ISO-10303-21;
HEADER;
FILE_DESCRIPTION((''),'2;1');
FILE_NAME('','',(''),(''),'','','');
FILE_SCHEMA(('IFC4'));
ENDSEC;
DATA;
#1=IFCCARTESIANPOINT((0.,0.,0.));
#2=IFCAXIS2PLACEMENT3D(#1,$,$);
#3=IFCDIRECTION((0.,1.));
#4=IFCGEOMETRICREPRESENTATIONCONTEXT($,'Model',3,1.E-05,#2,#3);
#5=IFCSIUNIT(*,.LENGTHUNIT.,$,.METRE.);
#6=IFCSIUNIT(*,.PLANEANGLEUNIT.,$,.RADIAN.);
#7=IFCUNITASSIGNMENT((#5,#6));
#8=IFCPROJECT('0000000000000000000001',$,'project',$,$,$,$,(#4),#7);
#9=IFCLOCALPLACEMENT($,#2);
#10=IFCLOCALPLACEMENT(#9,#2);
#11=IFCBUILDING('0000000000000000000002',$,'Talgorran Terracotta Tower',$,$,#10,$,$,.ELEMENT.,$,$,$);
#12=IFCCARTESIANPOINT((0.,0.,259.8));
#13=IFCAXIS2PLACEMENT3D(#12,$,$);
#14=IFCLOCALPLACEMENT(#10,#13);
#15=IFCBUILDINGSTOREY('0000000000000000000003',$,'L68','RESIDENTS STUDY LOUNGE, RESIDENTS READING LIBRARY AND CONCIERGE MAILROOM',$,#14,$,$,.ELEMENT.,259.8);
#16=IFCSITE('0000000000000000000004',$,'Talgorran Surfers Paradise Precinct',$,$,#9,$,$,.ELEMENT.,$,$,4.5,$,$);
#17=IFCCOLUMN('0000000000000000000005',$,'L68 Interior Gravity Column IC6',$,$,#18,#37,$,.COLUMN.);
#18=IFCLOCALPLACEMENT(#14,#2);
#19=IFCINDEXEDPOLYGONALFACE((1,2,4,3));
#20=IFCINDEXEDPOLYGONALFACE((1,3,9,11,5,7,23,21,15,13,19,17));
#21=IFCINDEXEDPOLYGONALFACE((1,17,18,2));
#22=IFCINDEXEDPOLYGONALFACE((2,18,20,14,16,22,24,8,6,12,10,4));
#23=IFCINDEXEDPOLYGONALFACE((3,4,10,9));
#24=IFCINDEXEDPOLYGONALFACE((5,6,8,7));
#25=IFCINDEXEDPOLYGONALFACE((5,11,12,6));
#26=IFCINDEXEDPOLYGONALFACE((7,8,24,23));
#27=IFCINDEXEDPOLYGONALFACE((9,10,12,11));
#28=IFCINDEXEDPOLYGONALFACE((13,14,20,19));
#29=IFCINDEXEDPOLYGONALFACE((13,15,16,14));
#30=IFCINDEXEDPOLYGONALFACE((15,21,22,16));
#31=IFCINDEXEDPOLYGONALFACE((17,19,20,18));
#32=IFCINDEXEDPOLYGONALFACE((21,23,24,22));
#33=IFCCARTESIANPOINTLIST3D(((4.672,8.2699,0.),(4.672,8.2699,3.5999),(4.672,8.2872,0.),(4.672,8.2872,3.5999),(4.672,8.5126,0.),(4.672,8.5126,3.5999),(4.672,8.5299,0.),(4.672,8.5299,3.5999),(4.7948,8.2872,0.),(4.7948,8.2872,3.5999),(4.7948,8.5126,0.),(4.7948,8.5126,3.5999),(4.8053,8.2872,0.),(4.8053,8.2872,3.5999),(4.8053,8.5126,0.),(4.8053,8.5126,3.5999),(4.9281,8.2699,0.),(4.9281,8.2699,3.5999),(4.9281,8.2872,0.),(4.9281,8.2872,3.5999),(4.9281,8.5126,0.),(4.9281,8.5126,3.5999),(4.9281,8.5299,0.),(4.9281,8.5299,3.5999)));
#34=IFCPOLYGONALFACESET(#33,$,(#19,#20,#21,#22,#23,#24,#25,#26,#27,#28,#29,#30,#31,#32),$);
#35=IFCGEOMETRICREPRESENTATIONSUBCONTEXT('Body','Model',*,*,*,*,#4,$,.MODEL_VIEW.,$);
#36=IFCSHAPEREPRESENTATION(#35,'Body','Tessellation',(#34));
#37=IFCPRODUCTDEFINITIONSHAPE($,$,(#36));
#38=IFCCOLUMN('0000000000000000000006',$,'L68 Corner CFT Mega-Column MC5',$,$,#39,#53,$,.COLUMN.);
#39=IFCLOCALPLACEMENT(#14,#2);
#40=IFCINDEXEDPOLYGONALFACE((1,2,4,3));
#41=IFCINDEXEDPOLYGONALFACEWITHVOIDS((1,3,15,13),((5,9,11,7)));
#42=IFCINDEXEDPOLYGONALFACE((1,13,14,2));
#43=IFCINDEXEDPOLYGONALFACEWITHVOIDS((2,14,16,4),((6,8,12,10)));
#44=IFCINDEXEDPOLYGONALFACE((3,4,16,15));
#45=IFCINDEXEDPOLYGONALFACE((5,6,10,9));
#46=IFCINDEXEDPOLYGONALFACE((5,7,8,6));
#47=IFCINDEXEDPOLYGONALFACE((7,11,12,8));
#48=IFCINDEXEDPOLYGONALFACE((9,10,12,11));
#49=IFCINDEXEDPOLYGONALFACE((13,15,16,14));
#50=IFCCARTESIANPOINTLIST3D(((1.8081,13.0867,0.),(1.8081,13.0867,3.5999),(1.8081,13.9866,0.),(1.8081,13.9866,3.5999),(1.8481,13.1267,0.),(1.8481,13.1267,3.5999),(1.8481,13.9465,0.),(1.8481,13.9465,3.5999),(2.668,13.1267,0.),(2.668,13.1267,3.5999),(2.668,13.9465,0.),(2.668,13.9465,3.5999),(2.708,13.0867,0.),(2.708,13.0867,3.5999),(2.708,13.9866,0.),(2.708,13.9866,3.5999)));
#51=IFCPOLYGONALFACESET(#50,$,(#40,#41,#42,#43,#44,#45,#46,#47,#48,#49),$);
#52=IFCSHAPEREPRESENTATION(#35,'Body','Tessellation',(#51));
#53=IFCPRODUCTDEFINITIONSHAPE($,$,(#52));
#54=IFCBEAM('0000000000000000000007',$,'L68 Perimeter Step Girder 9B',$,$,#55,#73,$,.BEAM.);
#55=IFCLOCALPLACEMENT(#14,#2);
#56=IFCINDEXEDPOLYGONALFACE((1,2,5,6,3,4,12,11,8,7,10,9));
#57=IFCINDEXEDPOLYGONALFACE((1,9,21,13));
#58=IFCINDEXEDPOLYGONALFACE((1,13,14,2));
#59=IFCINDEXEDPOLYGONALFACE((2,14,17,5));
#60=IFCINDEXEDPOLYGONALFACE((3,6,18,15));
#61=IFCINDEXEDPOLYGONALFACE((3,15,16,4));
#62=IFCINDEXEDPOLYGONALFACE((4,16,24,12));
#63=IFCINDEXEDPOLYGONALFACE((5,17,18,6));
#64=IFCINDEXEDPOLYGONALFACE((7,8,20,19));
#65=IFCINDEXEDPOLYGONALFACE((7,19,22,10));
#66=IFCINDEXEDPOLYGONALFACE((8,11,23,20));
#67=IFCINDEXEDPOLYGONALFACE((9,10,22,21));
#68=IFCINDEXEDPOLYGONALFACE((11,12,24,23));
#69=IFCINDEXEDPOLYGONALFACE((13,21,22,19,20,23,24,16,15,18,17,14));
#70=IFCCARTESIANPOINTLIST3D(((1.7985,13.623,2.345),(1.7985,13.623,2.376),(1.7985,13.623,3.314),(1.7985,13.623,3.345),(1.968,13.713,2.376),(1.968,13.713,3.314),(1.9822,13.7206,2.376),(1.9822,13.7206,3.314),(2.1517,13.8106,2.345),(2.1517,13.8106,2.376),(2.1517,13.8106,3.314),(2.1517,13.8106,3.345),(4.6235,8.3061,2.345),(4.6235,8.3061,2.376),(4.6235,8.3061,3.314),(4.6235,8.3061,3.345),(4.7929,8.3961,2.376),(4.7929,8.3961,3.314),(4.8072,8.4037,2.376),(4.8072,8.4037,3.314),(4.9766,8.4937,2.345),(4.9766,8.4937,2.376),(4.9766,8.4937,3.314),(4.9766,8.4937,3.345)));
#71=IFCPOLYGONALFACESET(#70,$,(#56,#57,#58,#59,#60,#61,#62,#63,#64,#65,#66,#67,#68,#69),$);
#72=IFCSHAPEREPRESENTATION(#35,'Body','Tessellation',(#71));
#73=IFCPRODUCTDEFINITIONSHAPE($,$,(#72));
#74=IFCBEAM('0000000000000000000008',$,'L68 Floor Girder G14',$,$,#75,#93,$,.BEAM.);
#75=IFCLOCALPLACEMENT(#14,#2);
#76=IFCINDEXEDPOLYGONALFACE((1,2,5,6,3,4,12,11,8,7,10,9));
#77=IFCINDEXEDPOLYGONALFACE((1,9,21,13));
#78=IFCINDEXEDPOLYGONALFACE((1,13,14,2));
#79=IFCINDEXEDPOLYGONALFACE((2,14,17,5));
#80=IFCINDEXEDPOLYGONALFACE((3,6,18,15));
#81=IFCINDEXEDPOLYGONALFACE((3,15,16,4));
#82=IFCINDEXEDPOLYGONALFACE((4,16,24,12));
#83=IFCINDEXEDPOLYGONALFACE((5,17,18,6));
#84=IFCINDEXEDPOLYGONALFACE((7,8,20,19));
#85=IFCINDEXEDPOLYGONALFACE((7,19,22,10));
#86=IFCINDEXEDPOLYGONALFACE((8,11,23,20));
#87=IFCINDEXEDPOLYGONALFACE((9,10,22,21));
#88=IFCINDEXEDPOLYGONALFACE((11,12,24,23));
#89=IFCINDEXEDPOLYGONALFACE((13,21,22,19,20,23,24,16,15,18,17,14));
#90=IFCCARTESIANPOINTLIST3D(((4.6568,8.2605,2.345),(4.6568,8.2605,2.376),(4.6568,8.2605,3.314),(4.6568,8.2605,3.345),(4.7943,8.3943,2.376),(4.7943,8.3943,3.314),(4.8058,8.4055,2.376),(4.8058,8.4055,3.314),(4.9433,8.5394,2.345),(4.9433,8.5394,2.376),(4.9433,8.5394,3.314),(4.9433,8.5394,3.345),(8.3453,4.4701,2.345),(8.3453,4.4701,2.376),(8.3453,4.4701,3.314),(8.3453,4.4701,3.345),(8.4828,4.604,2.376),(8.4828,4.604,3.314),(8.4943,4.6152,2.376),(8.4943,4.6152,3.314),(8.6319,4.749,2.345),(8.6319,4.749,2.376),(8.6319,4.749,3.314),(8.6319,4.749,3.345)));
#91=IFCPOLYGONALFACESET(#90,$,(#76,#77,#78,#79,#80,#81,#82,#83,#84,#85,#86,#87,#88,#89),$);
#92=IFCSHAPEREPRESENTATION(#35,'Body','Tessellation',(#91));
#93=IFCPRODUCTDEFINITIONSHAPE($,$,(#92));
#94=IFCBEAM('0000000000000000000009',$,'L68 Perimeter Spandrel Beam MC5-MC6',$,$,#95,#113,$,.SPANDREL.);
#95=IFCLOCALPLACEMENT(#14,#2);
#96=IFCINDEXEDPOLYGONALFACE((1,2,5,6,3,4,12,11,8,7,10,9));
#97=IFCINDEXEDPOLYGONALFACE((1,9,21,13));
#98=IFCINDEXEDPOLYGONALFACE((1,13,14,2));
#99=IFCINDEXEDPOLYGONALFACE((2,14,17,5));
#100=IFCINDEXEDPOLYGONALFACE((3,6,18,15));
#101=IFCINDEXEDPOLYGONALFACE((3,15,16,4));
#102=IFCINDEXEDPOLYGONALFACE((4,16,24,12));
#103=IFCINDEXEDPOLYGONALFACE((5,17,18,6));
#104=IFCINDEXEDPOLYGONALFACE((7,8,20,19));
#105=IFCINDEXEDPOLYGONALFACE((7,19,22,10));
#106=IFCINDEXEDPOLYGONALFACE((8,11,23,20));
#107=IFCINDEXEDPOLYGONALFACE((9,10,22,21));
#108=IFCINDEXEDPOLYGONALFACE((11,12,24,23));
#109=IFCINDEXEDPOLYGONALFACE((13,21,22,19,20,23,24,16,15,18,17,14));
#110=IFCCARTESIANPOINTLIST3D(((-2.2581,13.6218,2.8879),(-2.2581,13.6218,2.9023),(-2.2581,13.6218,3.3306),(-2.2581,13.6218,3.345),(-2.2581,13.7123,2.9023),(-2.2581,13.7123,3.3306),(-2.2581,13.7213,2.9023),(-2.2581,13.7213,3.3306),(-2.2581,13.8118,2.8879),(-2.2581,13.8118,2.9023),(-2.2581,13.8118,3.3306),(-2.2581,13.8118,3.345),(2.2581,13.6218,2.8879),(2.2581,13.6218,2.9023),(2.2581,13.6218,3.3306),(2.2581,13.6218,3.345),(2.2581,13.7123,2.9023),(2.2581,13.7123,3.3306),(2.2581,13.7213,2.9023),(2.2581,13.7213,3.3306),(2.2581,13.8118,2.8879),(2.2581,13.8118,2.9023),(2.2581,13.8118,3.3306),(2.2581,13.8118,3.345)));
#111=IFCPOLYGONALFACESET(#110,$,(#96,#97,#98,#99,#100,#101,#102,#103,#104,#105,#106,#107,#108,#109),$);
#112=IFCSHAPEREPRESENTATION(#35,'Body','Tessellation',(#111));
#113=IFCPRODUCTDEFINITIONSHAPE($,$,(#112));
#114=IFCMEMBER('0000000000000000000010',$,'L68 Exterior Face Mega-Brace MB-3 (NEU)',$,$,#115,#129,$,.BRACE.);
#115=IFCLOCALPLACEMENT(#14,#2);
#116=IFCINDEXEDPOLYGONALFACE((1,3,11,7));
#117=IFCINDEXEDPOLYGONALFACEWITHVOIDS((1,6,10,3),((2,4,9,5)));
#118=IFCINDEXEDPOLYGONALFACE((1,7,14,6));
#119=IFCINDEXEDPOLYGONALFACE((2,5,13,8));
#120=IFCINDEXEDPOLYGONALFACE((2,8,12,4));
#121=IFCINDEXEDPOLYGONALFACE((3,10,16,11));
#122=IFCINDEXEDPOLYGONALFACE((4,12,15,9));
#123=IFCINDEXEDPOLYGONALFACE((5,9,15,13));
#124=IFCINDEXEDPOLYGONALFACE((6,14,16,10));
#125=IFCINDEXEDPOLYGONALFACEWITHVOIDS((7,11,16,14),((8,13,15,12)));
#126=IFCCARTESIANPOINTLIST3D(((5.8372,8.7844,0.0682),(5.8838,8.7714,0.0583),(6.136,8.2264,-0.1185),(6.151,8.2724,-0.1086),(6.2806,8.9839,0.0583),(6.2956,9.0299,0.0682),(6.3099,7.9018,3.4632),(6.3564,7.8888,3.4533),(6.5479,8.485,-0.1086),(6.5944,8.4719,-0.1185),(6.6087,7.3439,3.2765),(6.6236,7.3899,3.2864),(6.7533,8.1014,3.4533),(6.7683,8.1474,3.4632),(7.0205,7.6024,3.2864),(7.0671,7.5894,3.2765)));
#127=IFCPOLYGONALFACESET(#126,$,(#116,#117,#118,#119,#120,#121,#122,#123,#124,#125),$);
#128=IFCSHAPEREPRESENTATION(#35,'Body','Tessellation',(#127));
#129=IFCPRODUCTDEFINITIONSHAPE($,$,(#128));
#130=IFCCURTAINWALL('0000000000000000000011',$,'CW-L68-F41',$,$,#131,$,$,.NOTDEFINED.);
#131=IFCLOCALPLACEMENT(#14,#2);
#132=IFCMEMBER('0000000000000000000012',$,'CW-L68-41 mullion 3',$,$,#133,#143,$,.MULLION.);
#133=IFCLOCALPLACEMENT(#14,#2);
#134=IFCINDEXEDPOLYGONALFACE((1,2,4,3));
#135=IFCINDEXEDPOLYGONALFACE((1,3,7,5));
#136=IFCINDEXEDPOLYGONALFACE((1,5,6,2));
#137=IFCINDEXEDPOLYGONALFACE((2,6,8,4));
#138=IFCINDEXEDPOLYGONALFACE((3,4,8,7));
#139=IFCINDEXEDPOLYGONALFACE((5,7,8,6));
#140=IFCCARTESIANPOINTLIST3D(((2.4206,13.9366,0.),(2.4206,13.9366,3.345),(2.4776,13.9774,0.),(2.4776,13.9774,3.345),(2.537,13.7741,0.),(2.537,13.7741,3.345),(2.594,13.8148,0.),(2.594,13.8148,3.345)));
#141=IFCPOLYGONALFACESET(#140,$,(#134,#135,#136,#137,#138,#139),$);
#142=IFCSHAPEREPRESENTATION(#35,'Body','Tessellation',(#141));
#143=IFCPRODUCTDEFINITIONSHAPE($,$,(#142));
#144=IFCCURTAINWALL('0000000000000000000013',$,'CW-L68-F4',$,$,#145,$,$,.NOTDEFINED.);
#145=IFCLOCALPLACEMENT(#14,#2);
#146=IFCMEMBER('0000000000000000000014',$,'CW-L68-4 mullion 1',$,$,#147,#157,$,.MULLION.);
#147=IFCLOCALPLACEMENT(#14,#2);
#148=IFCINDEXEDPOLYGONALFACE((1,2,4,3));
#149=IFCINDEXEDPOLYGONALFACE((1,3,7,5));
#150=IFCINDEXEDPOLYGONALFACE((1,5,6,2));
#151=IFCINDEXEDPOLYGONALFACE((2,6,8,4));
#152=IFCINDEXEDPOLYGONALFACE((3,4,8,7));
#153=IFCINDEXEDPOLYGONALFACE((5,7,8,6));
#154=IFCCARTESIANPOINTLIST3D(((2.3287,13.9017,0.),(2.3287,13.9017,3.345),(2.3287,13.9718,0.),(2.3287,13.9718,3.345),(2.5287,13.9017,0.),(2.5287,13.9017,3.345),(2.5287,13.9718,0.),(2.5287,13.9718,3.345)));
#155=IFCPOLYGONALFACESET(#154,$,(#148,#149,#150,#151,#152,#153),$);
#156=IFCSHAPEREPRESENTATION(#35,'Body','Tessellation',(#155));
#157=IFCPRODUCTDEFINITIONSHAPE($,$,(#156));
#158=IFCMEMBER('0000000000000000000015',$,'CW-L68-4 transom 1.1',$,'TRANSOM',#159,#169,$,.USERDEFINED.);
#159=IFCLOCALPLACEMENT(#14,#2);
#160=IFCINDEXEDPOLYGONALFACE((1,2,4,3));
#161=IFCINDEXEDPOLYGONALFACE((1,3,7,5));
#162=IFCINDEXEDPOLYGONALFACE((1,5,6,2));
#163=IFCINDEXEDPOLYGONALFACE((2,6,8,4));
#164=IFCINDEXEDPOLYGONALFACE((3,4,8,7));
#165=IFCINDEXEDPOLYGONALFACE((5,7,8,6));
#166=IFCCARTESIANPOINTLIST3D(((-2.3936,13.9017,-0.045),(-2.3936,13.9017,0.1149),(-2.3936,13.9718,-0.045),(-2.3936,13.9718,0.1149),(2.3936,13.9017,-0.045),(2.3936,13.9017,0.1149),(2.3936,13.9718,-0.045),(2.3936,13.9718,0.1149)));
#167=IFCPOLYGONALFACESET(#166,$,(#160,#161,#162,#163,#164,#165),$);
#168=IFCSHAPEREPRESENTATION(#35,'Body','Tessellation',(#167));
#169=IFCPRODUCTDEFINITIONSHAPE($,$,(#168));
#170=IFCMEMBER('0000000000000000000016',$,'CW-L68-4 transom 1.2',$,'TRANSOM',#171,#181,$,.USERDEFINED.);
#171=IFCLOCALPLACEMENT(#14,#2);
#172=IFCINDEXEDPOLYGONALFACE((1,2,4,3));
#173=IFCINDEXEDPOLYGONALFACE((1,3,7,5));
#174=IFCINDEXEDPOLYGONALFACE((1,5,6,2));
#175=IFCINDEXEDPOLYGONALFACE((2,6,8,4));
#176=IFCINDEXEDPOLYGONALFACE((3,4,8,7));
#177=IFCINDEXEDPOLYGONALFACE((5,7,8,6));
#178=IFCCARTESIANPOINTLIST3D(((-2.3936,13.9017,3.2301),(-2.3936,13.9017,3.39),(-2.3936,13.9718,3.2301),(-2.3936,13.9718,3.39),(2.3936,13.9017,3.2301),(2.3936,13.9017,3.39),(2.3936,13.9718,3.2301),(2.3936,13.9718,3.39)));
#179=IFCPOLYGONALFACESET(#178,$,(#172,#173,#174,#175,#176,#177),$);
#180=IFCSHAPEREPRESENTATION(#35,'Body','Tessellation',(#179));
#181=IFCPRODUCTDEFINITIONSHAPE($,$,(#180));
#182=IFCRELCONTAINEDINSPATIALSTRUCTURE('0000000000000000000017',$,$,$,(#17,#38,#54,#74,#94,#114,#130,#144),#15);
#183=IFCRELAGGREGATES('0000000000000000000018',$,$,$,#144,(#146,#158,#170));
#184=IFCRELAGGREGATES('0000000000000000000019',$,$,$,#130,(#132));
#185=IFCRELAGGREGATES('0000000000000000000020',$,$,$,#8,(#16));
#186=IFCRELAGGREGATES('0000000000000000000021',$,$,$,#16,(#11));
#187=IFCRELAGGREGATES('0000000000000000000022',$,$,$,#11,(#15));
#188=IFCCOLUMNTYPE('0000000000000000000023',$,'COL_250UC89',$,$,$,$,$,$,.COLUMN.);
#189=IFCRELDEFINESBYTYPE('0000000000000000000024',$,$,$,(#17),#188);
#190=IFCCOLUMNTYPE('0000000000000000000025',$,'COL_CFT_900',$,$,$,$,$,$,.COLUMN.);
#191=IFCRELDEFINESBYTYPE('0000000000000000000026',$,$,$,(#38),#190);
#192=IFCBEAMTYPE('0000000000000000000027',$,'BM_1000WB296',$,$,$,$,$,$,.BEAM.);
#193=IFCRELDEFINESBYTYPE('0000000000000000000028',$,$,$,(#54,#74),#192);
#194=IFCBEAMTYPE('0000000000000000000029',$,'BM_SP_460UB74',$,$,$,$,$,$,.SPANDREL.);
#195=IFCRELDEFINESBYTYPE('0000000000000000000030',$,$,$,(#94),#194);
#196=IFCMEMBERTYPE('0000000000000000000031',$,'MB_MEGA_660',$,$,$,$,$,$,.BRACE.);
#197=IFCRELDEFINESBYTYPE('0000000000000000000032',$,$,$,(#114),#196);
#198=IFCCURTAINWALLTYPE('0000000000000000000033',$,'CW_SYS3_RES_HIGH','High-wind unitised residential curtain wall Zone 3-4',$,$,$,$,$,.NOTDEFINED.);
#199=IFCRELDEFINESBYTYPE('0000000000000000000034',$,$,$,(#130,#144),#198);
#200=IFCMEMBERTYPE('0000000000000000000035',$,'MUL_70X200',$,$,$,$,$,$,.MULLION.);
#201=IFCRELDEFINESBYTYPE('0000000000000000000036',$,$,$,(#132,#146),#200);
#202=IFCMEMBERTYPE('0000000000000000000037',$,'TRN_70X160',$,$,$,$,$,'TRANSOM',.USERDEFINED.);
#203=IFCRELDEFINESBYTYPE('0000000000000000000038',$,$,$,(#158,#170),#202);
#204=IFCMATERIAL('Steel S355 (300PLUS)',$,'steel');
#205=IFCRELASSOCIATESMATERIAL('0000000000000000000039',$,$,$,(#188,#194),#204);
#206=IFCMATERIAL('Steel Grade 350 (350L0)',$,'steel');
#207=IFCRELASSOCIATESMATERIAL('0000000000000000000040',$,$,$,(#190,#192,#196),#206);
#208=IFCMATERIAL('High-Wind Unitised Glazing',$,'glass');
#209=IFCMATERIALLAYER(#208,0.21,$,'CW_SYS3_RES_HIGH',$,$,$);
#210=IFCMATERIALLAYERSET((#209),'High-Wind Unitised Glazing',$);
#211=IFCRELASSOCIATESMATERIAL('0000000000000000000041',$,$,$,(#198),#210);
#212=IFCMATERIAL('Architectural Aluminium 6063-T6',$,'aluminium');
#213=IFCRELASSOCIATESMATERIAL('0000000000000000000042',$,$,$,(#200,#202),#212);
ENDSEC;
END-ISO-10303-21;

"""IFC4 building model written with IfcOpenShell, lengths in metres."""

from ifc_helpers import new_model, si_unit, direction, frame, origin, origin_2d, place, context, subcontext, project, spatial, rectangle, hollow_rectangle, i_section, extrude, material, layer, layer_set, material_profile, profile_set, type_object, element, aggregate, save


model = new_model("IFC4")

# Units and contexts
model_context = context("Model", 3, precision=1e-05, world=origin(), true_north=direction((0.0, 1.0)))
body_context = subcontext(model_context, "Body", "Model", "MODEL_VIEW")
ifc_project = project(units=[si_unit("LENGTHUNIT", "METRE"), si_unit("PLANEANGLEUNIT", "RADIAN")], contexts=[model_context])

# Site, building, storey
site_placement = place(None, origin())
site = spatial("IfcSite", under=ifc_project, at=site_placement, Name="Talgorran Surfers Paradise Precinct", CompositionType="ELEMENT", RefElevation=4.5)
building_placement = place(site_placement, origin())
building = spatial("IfcBuilding", under=site, at=building_placement, Name="Talgorran Terracotta Tower", CompositionType="ELEMENT")
storey_placement = place(building_placement, frame((0.0, 0.0, 259.8)))
storey = spatial("IfcBuildingStorey", under=building, at=storey_placement, Name="L68", Description="RESIDENTS STUDY LOUNGE, RESIDENTS READING LIBRARY AND CONCIERGE MAILROOM", CompositionType="ELEMENT", Elevation=259.8)

# Columns
ifc_material_1 = material(Name="Steel S355 (300PLUS)", Category="steel")
ifc_material_profile_1 = material_profile(ifc_material_1, i_section(OverallWidth=0.2561, OverallDepth=0.26, WebThickness=0.0105, FlangeThickness=0.0173, at=origin_2d()), Name="250UC89.5")
ifc_profile_set_1 = profile_set([ifc_material_profile_1], Name="Steel S355 (300PLUS)")
column_type_1 = type_object("IfcColumnType", Name="COL_250UC89", PredefinedType="COLUMN", material=ifc_profile_set_1)
column_1_placement = place(storey_placement, frame((4.8, 8.3999, 0.0), z_axis=(0.0, 0.0, 1.0), x_axis=(1.0, 0.0, 0.0)))
element("IfcColumn", 1, at=column_1_placement, inside=storey, type_object=column_type_1, Name="L68 Interior Gravity Column IC6", PredefinedType="COLUMN", context=body_context, shape_type="SweptSolid", body=[
    extrude(i_section(OverallWidth=0.2561, OverallDepth=0.26, WebThickness=0.0105, FlangeThickness=0.0173, at=origin_2d()), origin(), (0.0, 0.0, 1.0), 3.5999),
])
ifc_material_2 = material(Name="Steel Grade 350 (350L0)", Category="steel")
ifc_material_profile_2 = material_profile(ifc_material_2, hollow_rectangle(XDim=0.8999, YDim=0.8999, WallThickness=0.04, at=origin_2d()), Name="CFT900X900X40")
ifc_profile_set_2 = profile_set([ifc_material_profile_2], Name="Steel Grade 350 (350L0)")
column_type_2 = type_object("IfcColumnType", Name="COL_CFT_900", PredefinedType="COLUMN", material=ifc_profile_set_2)
column_2_placement = place(storey_placement, frame((2.2581, 13.5366, 0.0), z_axis=(0.0, 0.0, 1.0), x_axis=(1.0, 0.0, 0.0)))
element("IfcColumn", 2, at=column_2_placement, inside=storey, type_object=column_type_2, Name="L68 Corner CFT Mega-Column MC5", PredefinedType="COLUMN", context=body_context, shape_type="SweptSolid", body=[
    extrude(hollow_rectangle(XDim=0.8999, YDim=0.8999, WallThickness=0.04, at=origin_2d()), origin(), (0.0, 0.0, 1.0), 3.5999),
])

# Beams
ifc_material_profile_3 = material_profile(ifc_material_2, i_section(OverallWidth=0.3999, OverallDepth=1.0, WebThickness=0.0161, FlangeThickness=0.031, at=origin_2d()), Name="1000WB296")
ifc_profile_set_3 = profile_set([ifc_material_profile_3], Name="Steel Grade 350 (350L0)")
beam_type_1 = type_object("IfcBeamType", Name="BM_1000WB296", PredefinedType="BEAM", material=ifc_profile_set_3)
beam_1_placement = place(storey_placement, frame((1.9751, 13.7168, 2.845), z_axis=(0.469201, -0.883092, 0.0), x_axis=(0.883092, 0.469201, 0.0)))
element("IfcBeam", 3, at=beam_1_placement, inside=storey, type_object=beam_type_1, Name="L68 Perimeter Step Girder 9B", PredefinedType="BEAM", context=body_context, shape_type="SweptSolid", body=[
    extrude(i_section(OverallWidth=0.3999, OverallDepth=1.0, WebThickness=0.0161, FlangeThickness=0.031, at=origin_2d()), origin(), (0.0, 0.0, 1.0), 6.0208),
])
beam_2_placement = place(storey_placement, frame((4.8, 8.3999, 2.845), z_axis=(0.697416, -0.716666, 0.0), x_axis=(0.716666, 0.697416, 0.0)))
element("IfcBeam", 4, at=beam_2_placement, inside=storey, type_object=beam_type_1, Name="L68 Floor Girder G14", PredefinedType="BEAM", context=body_context, shape_type="SweptSolid", body=[
    extrude(i_section(OverallWidth=0.3999, OverallDepth=1.0, WebThickness=0.0161, FlangeThickness=0.031, at=origin_2d()), origin(), (0.0, 0.0, 1.0), 5.2888),
])
ifc_material_profile_4 = material_profile(ifc_material_1, i_section(OverallWidth=0.1899, OverallDepth=0.457, WebThickness=0.009, FlangeThickness=0.0144, at=origin_2d()), Name="460UB74.6")
ifc_profile_set_4 = profile_set([ifc_material_profile_4], Name="Steel S355 (300PLUS)")
beam_type_2 = type_object("IfcBeamType", Name="BM_SP_460UB74", PredefinedType="SPANDREL", material=ifc_profile_set_4)
beam_3_placement = place(storey_placement, frame((2.2581, 13.7168, 3.1165), z_axis=(-1.0, 0.0, 0.0), x_axis=(0.0, -1.0, 0.0)))
element("IfcBeam", 5, at=beam_3_placement, inside=storey, type_object=beam_type_2, Name="L68 Perimeter Spandrel Beam MC5-MC6", PredefinedType="SPANDREL", context=body_context, shape_type="SweptSolid", body=[
    extrude(i_section(OverallWidth=0.1899, OverallDepth=0.457, WebThickness=0.009, FlangeThickness=0.0144, at=origin_2d()), origin(), (0.0, 0.0, 1.0), 4.5161),
])

# Member
ifc_material_profile_5 = material_profile(ifc_material_2, hollow_rectangle(XDim=0.52, YDim=0.6599, WallThickness=0.0349, at=origin_2d()), Name="WBOX660X520X35")
ifc_profile_set_5 = profile_set([ifc_material_profile_5], Name="Steel Grade 350 (350L0)")
member_type_1 = type_object("IfcMemberType", Name="MB_MEGA_660", PredefinedType="BRACE", material=ifc_profile_set_5)
member_1_placement = place(storey_placement, frame((6.2158, 8.6282, -0.0251), z_axis=(0.133535, -0.249344, 0.959164), x_axis=(0.881542, 0.472106, 0.0)))
element("IfcMember", 6, at=member_1_placement, inside=storey, type_object=member_type_1, Name="L68 Exterior Face Mega-Brace MB-3 (NEU)", PredefinedType="BRACE", context=body_context, shape_type="SweptSolid", body=[
    extrude(hollow_rectangle(XDim=0.52, YDim=0.6599, WallThickness=0.0349, at=origin_2d()), origin(), (0.0, 0.0, 1.0), 3.5396),
])

# Curtain wall, member
ifc_material_3 = material(Name="High-Wind Unitised Glazing", Category="glass")
ifc_layer_1 = layer(ifc_material_3, 0.21, Name="CW_SYS3_RES_HIGH")
ifc_layer_set_1 = layer_set([ifc_layer_1], Name="High-Wind Unitised Glazing")
curtain_wall_type = type_object("IfcCurtainWallType", Name="CW_SYS3_RES_HIGH", Description="High-wind unitised residential curtain wall Zone 3-4", PredefinedType="NOTDEFINED", material=ifc_layer_set_1)
curtain_wall_1_placement = place(storey_placement, origin())
curtain_wall_1 = element("IfcCurtainWall", 7, at=curtain_wall_1_placement, inside=storey, type_object=curtain_wall_type, Name="CW-L68-F41", PredefinedType="NOTDEFINED")
ifc_material_4 = material(Name="Architectural Aluminium 6063-T6", Category="aluminium")
ifc_material_profile_6 = material_profile(ifc_material_4, rectangle(XDim=0.0701, YDim=0.2, at=origin_2d()), Name="CWM70X200")
ifc_profile_set_6 = profile_set([ifc_material_profile_6], Name="Architectural Aluminium 6063-T6")
member_type_2 = type_object("IfcMemberType", Name="MUL_70X200", PredefinedType="MULLION", material=ifc_profile_set_6)
member_2_placement = place(storey_placement, frame((2.5073, 13.8757, 0.0), z_axis=(0.0, 0.0, 1.0), x_axis=(-0.813043, -0.582204, 0.0)))
member_2 = element("IfcMember", 8, at=member_2_placement, type_object=member_type_2, Name="CW-L68-41 mullion 3", PredefinedType="MULLION", context=body_context, shape_type="SweptSolid", body=[
    extrude(rectangle(XDim=0.0701, YDim=0.2, at=origin_2d()), origin(), (0.0, 0.0, 1.0), 3.345),
])

# Curtain wall, members
curtain_wall_2_placement = place(storey_placement, origin())
curtain_wall_2 = element("IfcCurtainWall", 9, at=curtain_wall_2_placement, inside=storey, type_object=curtain_wall_type, Name="CW-L68-F4", PredefinedType="NOTDEFINED")
member_3_placement = place(storey_placement, frame((2.4287, 13.9368, 0.0), z_axis=(0.0, 0.0, 1.0), x_axis=(0.0, -1.0, 0.0)))
member_3 = element("IfcMember", 10, at=member_3_placement, type_object=member_type_2, Name="CW-L68-4 mullion 1", PredefinedType="MULLION", context=body_context, shape_type="SweptSolid", body=[
    extrude(rectangle(XDim=0.0701, YDim=0.2, at=origin_2d()), origin(), (0.0, 0.0, 1.0), 3.345),
])
ifc_material_profile_7 = material_profile(ifc_material_4, rectangle(XDim=0.0701, YDim=0.1599, at=origin_2d()), Name="CWT70X160")
ifc_profile_set_7 = profile_set([ifc_material_profile_7], Name="Architectural Aluminium 6063-T6")
member_type_3 = type_object("IfcMemberType", Name="TRN_70X160", ElementType="TRANSOM", PredefinedType="USERDEFINED", material=ifc_profile_set_7)
member_4_placement = place(storey_placement, frame((2.3936, 13.9368, 0.0349), z_axis=(-1.0, 0.0, 0.0), x_axis=(0.0, -1.0, 0.0)))
member_4 = element("IfcMember", 11, at=member_4_placement, type_object=member_type_3, Name="CW-L68-4 transom 1.1", ObjectType="TRANSOM", PredefinedType="USERDEFINED", context=body_context, shape_type="SweptSolid", body=[
    extrude(rectangle(XDim=0.0701, YDim=0.1599, at=origin_2d()), origin(), (0.0, 0.0, 1.0), 4.7871),
])
member_5_placement = place(storey_placement, frame((2.3936, 13.9368, 3.3101), z_axis=(-1.0, 0.0, 0.0), x_axis=(0.0, -1.0, 0.0)))
member_5 = element("IfcMember", 12, at=member_5_placement, type_object=member_type_3, Name="CW-L68-4 transom 1.2", ObjectType="TRANSOM", PredefinedType="USERDEFINED", context=body_context, shape_type="SweptSolid", body=[
    extrude(rectangle(XDim=0.0701, YDim=0.1599, at=origin_2d()), origin(), (0.0, 0.0, 1.0), 4.7871),
])

aggregate(curtain_wall_2, [member_3, member_4, member_5])
aggregate(curtain_wall_1, [member_2])

save(model, "model.ifc")
